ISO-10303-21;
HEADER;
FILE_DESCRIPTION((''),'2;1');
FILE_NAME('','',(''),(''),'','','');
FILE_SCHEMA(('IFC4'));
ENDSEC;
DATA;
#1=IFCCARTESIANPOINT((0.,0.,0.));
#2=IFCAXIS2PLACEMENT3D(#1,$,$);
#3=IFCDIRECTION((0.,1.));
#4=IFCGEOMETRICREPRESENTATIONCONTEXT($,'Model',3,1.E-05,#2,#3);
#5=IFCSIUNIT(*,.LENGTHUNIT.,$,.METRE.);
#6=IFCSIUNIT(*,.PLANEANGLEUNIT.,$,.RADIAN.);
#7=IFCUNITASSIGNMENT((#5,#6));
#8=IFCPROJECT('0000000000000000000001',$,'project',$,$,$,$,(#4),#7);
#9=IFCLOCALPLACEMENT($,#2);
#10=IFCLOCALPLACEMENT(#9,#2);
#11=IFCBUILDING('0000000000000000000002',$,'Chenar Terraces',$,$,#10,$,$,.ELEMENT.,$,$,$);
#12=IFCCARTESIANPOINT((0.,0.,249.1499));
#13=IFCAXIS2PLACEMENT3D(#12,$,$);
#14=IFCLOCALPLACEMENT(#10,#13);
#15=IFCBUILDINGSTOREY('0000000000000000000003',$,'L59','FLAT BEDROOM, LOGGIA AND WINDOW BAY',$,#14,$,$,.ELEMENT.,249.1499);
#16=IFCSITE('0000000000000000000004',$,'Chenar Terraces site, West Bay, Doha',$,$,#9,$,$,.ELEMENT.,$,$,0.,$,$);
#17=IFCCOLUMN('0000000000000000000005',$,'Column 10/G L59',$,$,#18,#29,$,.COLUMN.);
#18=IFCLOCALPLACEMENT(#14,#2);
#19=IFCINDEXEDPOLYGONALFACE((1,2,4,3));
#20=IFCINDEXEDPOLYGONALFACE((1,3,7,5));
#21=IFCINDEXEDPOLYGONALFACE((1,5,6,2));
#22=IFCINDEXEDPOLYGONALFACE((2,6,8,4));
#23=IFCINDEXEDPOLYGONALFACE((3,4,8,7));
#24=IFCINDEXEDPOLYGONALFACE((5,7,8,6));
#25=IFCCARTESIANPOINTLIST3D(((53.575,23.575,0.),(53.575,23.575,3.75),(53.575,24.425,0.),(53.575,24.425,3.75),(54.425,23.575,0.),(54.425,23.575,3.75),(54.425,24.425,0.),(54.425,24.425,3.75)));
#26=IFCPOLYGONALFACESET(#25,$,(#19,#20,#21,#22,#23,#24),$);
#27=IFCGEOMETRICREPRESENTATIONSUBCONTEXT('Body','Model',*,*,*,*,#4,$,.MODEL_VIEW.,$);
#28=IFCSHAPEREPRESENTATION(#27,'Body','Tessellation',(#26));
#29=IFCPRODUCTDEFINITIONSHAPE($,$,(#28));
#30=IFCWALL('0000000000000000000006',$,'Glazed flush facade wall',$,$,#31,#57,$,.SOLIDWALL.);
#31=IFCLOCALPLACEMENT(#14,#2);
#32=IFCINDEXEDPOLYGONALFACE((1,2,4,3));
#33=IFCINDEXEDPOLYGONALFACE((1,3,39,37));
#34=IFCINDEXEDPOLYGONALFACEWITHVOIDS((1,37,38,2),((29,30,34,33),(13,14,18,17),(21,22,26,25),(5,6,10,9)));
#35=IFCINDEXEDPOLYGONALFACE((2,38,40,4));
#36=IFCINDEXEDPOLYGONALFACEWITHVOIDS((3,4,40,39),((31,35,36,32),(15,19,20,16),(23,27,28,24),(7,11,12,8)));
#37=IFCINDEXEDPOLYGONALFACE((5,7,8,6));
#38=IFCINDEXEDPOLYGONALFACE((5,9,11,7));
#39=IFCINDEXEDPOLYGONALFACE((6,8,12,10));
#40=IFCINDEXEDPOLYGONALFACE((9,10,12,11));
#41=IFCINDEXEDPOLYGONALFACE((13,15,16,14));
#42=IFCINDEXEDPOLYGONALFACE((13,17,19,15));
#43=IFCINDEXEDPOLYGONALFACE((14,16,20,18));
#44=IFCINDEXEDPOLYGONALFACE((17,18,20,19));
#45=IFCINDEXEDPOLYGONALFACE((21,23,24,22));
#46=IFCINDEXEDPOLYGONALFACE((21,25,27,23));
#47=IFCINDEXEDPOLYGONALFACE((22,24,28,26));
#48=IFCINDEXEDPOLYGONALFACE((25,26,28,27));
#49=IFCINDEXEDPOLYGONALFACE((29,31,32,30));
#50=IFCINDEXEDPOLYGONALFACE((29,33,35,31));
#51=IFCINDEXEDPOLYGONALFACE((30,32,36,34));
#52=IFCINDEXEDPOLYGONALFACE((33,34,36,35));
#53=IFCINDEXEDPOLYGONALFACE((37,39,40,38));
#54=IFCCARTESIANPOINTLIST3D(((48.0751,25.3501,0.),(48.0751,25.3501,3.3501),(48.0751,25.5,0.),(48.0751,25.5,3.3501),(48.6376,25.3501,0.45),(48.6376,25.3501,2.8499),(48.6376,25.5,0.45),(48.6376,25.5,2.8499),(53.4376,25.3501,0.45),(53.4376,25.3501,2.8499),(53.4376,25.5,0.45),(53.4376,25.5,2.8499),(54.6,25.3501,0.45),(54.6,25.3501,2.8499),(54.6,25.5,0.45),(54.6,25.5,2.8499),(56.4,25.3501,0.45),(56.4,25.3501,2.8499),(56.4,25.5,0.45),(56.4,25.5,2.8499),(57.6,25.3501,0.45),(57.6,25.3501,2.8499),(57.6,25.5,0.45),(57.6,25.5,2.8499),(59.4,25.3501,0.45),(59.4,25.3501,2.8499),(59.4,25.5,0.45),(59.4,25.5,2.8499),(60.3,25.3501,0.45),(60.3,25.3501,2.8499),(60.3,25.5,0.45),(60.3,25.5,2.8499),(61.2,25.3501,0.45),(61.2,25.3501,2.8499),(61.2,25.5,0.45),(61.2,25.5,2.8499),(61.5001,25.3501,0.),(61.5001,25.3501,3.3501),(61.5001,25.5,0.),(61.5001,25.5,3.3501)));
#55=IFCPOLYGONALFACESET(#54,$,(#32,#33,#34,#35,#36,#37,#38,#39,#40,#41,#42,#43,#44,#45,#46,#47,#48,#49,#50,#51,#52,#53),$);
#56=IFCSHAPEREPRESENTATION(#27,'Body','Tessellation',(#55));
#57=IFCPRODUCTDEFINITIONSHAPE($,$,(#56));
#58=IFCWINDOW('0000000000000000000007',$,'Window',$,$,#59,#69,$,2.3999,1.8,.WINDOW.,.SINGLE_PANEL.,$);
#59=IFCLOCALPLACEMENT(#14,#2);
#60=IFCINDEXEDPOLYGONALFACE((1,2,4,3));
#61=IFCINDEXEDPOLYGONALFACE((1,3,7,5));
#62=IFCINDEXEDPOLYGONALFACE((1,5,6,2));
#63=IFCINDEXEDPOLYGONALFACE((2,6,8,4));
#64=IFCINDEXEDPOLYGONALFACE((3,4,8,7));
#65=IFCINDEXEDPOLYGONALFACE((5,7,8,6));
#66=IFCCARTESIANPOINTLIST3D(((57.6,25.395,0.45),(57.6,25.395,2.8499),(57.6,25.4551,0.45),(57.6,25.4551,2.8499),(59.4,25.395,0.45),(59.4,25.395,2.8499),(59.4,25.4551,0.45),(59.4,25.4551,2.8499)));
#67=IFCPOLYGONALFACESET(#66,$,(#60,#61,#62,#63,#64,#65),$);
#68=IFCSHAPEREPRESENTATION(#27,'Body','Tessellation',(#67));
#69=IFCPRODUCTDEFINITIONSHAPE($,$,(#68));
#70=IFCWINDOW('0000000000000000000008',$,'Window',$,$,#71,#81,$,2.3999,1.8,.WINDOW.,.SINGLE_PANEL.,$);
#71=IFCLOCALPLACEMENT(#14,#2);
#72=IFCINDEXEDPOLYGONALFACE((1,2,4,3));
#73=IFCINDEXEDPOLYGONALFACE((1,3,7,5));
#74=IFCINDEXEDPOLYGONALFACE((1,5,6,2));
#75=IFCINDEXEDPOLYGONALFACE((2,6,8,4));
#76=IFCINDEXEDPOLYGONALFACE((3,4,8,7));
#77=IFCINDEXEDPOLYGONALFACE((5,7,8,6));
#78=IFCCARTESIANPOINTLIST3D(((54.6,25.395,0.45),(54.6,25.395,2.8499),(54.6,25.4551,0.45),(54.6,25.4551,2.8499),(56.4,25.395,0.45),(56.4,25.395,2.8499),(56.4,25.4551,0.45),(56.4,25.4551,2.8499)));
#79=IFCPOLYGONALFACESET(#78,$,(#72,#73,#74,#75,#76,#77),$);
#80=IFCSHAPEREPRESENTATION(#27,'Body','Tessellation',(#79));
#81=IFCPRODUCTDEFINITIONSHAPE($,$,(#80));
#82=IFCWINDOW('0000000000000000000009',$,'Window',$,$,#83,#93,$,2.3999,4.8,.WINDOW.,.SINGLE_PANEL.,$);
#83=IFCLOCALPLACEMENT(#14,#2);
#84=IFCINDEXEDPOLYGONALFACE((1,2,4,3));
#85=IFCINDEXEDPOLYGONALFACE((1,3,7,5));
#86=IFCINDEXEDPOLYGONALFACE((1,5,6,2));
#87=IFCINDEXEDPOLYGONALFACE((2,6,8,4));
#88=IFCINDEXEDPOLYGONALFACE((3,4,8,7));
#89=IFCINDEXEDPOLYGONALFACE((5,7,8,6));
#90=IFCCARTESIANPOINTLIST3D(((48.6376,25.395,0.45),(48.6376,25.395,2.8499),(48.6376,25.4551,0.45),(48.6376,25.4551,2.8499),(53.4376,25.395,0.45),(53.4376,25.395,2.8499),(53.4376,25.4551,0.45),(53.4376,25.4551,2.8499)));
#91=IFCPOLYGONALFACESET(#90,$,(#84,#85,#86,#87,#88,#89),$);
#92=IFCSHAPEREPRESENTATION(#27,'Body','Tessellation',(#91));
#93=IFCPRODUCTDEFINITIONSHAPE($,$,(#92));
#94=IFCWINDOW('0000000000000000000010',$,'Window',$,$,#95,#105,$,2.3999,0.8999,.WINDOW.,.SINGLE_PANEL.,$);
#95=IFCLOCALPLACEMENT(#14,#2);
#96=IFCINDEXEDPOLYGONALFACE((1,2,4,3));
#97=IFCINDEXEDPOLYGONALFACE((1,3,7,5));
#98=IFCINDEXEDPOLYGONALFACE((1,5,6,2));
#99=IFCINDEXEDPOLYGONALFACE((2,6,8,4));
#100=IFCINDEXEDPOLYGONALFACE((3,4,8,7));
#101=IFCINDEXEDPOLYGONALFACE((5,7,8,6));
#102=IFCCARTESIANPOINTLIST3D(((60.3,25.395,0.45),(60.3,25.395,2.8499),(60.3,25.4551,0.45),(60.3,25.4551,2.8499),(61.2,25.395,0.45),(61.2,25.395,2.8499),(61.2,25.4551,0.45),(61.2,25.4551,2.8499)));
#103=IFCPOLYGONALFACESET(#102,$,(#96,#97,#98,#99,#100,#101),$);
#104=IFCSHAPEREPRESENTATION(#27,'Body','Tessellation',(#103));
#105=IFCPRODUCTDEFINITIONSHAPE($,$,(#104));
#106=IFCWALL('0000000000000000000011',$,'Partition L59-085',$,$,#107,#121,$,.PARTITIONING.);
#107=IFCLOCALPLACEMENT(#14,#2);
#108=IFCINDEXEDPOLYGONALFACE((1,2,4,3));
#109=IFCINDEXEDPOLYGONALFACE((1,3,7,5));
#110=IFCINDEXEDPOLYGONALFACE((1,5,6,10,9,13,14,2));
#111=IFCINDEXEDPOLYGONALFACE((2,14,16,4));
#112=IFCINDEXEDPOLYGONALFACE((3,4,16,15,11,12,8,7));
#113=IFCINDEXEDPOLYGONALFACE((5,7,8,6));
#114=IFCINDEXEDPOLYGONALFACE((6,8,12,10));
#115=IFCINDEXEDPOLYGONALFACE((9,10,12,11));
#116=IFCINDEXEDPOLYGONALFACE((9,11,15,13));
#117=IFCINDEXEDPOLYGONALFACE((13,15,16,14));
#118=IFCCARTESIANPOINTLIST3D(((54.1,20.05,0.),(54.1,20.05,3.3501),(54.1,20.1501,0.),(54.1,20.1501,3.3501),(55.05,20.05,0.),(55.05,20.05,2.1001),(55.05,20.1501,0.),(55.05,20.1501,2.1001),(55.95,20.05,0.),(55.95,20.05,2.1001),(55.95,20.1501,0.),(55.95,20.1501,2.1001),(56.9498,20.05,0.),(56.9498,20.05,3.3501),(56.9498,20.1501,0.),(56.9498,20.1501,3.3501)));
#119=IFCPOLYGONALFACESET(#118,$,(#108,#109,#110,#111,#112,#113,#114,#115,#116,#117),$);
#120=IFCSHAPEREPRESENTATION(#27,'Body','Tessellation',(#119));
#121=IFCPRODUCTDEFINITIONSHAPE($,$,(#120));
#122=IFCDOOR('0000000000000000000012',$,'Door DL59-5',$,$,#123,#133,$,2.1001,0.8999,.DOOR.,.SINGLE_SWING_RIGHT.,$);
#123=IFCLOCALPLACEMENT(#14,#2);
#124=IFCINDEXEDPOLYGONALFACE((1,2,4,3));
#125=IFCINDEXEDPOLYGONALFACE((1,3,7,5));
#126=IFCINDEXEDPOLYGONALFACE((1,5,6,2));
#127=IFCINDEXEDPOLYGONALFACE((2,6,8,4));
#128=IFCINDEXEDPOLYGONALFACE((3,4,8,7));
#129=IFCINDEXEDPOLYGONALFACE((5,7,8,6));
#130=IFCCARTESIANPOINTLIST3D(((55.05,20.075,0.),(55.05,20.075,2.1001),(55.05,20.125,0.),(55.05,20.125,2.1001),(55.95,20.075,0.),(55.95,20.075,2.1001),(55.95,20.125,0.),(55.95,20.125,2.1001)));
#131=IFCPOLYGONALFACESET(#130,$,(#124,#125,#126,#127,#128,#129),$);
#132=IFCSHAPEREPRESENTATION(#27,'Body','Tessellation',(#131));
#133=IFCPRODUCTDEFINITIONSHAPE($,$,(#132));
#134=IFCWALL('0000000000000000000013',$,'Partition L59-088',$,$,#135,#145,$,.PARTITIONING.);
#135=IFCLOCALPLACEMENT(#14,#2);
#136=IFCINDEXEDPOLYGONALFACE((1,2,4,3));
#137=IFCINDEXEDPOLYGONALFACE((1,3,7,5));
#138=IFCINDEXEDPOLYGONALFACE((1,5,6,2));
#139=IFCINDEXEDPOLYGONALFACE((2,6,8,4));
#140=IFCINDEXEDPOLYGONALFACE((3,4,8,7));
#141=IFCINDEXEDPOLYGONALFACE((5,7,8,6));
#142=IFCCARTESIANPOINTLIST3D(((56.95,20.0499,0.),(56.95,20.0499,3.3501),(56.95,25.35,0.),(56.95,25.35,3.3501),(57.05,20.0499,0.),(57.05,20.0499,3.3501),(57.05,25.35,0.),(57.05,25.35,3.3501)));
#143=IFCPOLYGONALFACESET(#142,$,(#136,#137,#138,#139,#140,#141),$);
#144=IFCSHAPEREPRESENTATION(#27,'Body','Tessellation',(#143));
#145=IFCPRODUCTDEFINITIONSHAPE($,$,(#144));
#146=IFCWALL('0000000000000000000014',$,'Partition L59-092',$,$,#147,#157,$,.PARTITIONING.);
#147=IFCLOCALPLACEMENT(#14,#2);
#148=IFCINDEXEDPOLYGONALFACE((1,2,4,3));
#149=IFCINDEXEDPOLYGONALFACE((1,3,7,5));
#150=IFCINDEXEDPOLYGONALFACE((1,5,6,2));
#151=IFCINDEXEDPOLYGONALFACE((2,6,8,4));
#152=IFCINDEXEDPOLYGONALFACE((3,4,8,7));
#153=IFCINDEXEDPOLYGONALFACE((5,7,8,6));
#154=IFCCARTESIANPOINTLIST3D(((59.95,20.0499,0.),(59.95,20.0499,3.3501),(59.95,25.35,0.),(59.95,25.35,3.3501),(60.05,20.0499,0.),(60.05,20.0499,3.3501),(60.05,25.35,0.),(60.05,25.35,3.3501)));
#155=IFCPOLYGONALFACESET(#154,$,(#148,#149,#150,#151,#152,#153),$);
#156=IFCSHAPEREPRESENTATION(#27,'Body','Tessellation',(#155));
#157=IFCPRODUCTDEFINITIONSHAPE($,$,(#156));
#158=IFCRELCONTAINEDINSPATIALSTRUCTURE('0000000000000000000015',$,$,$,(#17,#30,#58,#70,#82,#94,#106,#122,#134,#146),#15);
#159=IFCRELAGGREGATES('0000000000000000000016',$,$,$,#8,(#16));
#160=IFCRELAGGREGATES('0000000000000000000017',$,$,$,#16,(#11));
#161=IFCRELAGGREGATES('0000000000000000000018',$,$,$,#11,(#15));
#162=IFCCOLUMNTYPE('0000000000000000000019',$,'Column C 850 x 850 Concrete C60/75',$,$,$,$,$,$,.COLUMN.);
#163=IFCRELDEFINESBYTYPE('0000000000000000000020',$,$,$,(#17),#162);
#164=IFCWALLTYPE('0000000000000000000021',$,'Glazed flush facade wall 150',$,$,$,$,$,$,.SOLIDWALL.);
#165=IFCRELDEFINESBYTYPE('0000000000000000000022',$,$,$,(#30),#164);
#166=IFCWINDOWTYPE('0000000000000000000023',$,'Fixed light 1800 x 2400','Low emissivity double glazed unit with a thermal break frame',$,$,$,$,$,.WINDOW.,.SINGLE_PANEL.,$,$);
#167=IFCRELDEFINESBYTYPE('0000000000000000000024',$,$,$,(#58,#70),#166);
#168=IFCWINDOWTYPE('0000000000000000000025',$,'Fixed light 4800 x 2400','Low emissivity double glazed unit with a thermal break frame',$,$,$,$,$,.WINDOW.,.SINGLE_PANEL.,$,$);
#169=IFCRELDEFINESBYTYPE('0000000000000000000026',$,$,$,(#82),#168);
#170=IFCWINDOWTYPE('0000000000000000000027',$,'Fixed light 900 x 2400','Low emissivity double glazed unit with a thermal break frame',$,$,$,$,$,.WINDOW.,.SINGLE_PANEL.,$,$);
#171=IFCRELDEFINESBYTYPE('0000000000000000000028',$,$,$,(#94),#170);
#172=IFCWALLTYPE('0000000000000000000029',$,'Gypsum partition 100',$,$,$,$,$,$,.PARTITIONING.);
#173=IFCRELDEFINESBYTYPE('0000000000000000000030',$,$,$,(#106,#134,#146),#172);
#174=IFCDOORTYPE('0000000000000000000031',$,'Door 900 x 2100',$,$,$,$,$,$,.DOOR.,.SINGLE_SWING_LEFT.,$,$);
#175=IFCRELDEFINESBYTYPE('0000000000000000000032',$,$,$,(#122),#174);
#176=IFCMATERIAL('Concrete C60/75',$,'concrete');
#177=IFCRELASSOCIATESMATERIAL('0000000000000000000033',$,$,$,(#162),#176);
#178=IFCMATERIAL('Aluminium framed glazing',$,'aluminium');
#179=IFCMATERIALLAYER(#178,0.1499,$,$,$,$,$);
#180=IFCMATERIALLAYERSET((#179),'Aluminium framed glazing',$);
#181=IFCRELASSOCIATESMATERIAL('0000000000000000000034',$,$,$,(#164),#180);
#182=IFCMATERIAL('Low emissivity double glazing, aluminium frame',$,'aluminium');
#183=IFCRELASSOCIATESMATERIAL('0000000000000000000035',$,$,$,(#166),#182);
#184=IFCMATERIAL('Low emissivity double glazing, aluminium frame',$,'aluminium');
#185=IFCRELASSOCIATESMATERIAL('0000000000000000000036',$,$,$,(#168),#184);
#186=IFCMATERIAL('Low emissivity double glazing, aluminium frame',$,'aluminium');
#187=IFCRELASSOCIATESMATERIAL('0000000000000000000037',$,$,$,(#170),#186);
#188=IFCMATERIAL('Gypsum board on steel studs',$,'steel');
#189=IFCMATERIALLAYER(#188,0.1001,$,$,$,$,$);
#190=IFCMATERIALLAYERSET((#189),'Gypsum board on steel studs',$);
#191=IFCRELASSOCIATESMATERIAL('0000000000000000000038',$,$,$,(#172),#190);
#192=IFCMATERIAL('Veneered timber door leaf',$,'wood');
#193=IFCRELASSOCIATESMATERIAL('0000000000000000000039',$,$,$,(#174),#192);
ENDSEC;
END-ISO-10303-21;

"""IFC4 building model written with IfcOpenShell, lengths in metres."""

from ifc_helpers import new_model, si_unit, direction, frame, frame_2d, origin, origin_2d, place, context, subcontext, project, spatial, rectangle, extrude, material, layer, layer_set, material_profile, profile_set, type_object, element, fill, save


model = new_model("IFC4")

# Units and contexts
model_context = context("Model", 3, precision=1e-05, world=origin(), true_north=direction((0.0, 1.0)))
body_context = subcontext(model_context, "Body", "Model", "MODEL_VIEW")
ifc_project = project(units=[si_unit("LENGTHUNIT", "METRE"), si_unit("PLANEANGLEUNIT", "RADIAN")], contexts=[model_context])

# Site, building, storey
site_placement = place(None, origin())
site = spatial("IfcSite", under=ifc_project, at=site_placement, Name="Chenar Terraces site, West Bay, Doha", CompositionType="ELEMENT", RefElevation=0.0)
building_placement = place(site_placement, origin())
building = spatial("IfcBuilding", under=site, at=building_placement, Name="Chenar Terraces", CompositionType="ELEMENT")
storey_placement = place(building_placement, frame((0.0, 0.0, 249.1499)))
storey = spatial("IfcBuildingStorey", under=building, at=storey_placement, Name="L59", Description="FLAT BEDROOM, LOGGIA AND WINDOW BAY", CompositionType="ELEMENT", Elevation=249.1499)

# Column
ifc_material_1 = material(Name="Concrete C60/75", Category="concrete")
ifc_material_profile = material_profile(ifc_material_1, rectangle(XDim=0.8501, YDim=0.8501, at=origin_2d()), Name="C 850 x 850")
ifc_profile_set = profile_set([ifc_material_profile], Name="Concrete C60/75")
column_type = type_object("IfcColumnType", Name="Column C 850 x 850 Concrete C60/75", PredefinedType="COLUMN", material=ifc_profile_set)
column_placement = place(storey_placement, frame((54.0, 24.0, 0.0), z_axis=(0.0, 0.0, 1.0), x_axis=(1.0, 0.0, 0.0)))
element("IfcColumn", 1, at=column_placement, inside=storey, type_object=column_type, Name="Column 10/G L59", PredefinedType="COLUMN", context=body_context, shape_type="SweptSolid", body=[
    extrude(rectangle(XDim=0.8501, YDim=0.8501, at=origin_2d()), origin(), (0.0, 0.0, 1.0), 3.75),
])

# Wall, openings, windows
ifc_material_2 = material(Name="Aluminium framed glazing", Category="aluminium")
ifc_layer_1 = layer(ifc_material_2, 0.1499)
ifc_layer_set_1 = layer_set([ifc_layer_1], Name="Aluminium framed glazing")
wall_type_1 = type_object("IfcWallType", Name="Glazed flush facade wall 150", PredefinedType="SOLIDWALL", material=ifc_layer_set_1)
wall_1_placement = place(storey_placement, frame((61.5, 25.425, 0.0), z_axis=(0.0, 0.0, 1.0), x_axis=(-1.0, 0.0, 0.0)))
wall_1 = element("IfcWall", 2, at=wall_1_placement, inside=storey, type_object=wall_type_1, Name="Glazed flush facade wall", PredefinedType="SOLIDWALL", context=body_context, shape_type="SweptSolid", body=[
    extrude(rectangle(XDim=13.425, YDim=0.1499, at=frame_2d((6.7124, 0.0))), origin(), (0.0, 0.0, 1.0), 3.3501),
])
opening_1_placement = place(wall_1_placement, frame((0.3, 0.0, 0.45)))
opening_1 = element("IfcOpeningElement", 3, at=opening_1_placement, cuts=wall_1, PredefinedType="OPENING", context=body_context, shape_type="SweptSolid", body=[
    extrude(rectangle(XDim=0.8999, YDim=2.3999, at=frame_2d((0.45, 1.2))), frame((0.0, 0.085, 0.0), z_axis=(0.0, -1.0, 0.0), x_axis=(1.0, 0.0, 0.0)), (0.0, 0.0, 1.0), 0.1699),
])
opening_2_placement = place(wall_1_placement, frame((2.1001, 0.0, 0.45)))
opening_2 = element("IfcOpeningElement", 4, at=opening_2_placement, cuts=wall_1, PredefinedType="OPENING", context=body_context, shape_type="SweptSolid", body=[
    extrude(rectangle(XDim=1.8, YDim=2.3999, at=frame_2d((0.8999, 1.2))), frame((0.0, 0.085, 0.0), z_axis=(0.0, -1.0, 0.0), x_axis=(1.0, 0.0, 0.0)), (0.0, 0.0, 1.0), 0.1699),
])
opening_3_placement = place(wall_1_placement, frame((5.1001, 0.0, 0.45)))
opening_3 = element("IfcOpeningElement", 5, at=opening_3_placement, cuts=wall_1, PredefinedType="OPENING", context=body_context, shape_type="SweptSolid", body=[
    extrude(rectangle(XDim=1.8, YDim=2.3999, at=frame_2d((0.8999, 1.2))), frame((0.0, 0.085, 0.0), z_axis=(0.0, -1.0, 0.0), x_axis=(1.0, 0.0, 0.0)), (0.0, 0.0, 1.0), 0.1699),
])
opening_4_placement = place(wall_1_placement, frame((8.0625, 0.0, 0.45)))
opening_4 = element("IfcOpeningElement", 6, at=opening_4_placement, cuts=wall_1, PredefinedType="OPENING", context=body_context, shape_type="SweptSolid", body=[
    extrude(rectangle(XDim=4.8, YDim=2.3999, at=frame_2d((2.3999, 1.2))), frame((0.0, 0.085, 0.0), z_axis=(0.0, -1.0, 0.0), x_axis=(1.0, 0.0, 0.0)), (0.0, 0.0, 1.0), 0.1699),
])
ifc_material_3 = material(Name="Low emissivity double glazing, aluminium frame", Category="aluminium")
window_type_1 = type_object("IfcWindowType", Name="Fixed light 1800 x 2400", Description="Low emissivity double glazed unit with a thermal break frame", PartitioningType="SINGLE_PANEL", PredefinedType="WINDOW", material=ifc_material_3)
window_1_placement = place(opening_2_placement, origin())
window_1 = element("IfcWindow", 7, at=window_1_placement, inside=storey, type_object=window_type_1, Name="Window", OverallHeight=2.3999, OverallWidth=1.8, PartitioningType="SINGLE_PANEL", PredefinedType="WINDOW", context=body_context, shape_type="SweptSolid", body=[
    extrude(rectangle(XDim=1.8, YDim=2.3999, at=frame_2d((0.8999, 1.2))), frame((0.0, 0.03, 0.0), z_axis=(0.0, -1.0, 0.0), x_axis=(1.0, 0.0, 0.0)), (0.0, 0.0, 1.0), 0.0601),
])
fill(opening_2, window_1)
window_2_placement = place(opening_3_placement, origin())
window_2 = element("IfcWindow", 8, at=window_2_placement, inside=storey, type_object=window_type_1, Name="Window", OverallHeight=2.3999, OverallWidth=1.8, PartitioningType="SINGLE_PANEL", PredefinedType="WINDOW", context=body_context, shape_type="SweptSolid", body=[
    extrude(rectangle(XDim=1.8, YDim=2.3999, at=frame_2d((0.8999, 1.2))), frame((0.0, 0.03, 0.0), z_axis=(0.0, -1.0, 0.0), x_axis=(1.0, 0.0, 0.0)), (0.0, 0.0, 1.0), 0.0601),
])
fill(opening_3, window_2)
ifc_material_4 = material(Name="Low emissivity double glazing, aluminium frame", Category="aluminium")
window_type_2 = type_object("IfcWindowType", Name="Fixed light 4800 x 2400", Description="Low emissivity double glazed unit with a thermal break frame", PartitioningType="SINGLE_PANEL", PredefinedType="WINDOW", material=ifc_material_4)
window_3_placement = place(opening_4_placement, origin())
window_3 = element("IfcWindow", 9, at=window_3_placement, inside=storey, type_object=window_type_2, Name="Window", OverallHeight=2.3999, OverallWidth=4.8, PartitioningType="SINGLE_PANEL", PredefinedType="WINDOW", context=body_context, shape_type="SweptSolid", body=[
    extrude(rectangle(XDim=4.8, YDim=2.3999, at=frame_2d((2.3999, 1.2))), frame((0.0, 0.03, 0.0), z_axis=(0.0, -1.0, 0.0), x_axis=(1.0, 0.0, 0.0)), (0.0, 0.0, 1.0), 0.0601),
])
fill(opening_4, window_3)
ifc_material_5 = material(Name="Low emissivity double glazing, aluminium frame", Category="aluminium")
window_type_3 = type_object("IfcWindowType", Name="Fixed light 900 x 2400", Description="Low emissivity double glazed unit with a thermal break frame", PartitioningType="SINGLE_PANEL", PredefinedType="WINDOW", material=ifc_material_5)
window_4_placement = place(opening_1_placement, origin())
window_4 = element("IfcWindow", 10, at=window_4_placement, inside=storey, type_object=window_type_3, Name="Window", OverallHeight=2.3999, OverallWidth=0.8999, PartitioningType="SINGLE_PANEL", PredefinedType="WINDOW", context=body_context, shape_type="SweptSolid", body=[
    extrude(rectangle(XDim=0.8999, YDim=2.3999, at=frame_2d((0.45, 1.2))), frame((0.0, 0.03, 0.0), z_axis=(0.0, -1.0, 0.0), x_axis=(1.0, 0.0, 0.0)), (0.0, 0.0, 1.0), 0.0601),
])
fill(opening_1, window_4)

# Wall, opening, door
ifc_material_6 = material(Name="Gypsum board on steel studs", Category="steel")
ifc_layer_2 = layer(ifc_material_6, 0.1001)
ifc_layer_set_2 = layer_set([ifc_layer_2], Name="Gypsum board on steel studs")
wall_type_2 = type_object("IfcWallType", Name="Gypsum partition 100", PredefinedType="PARTITIONING", material=ifc_layer_set_2)
wall_2_placement = place(storey_placement, frame((54.1001, 20.1001, 0.0), z_axis=(0.0, 0.0, 1.0), x_axis=(1.0, 0.0, 0.0)))
wall_2 = element("IfcWall", 11, at=wall_2_placement, inside=storey, type_object=wall_type_2, Name="Partition L59-085", PredefinedType="PARTITIONING", context=body_context, shape_type="SweptSolid", body=[
    extrude(rectangle(XDim=2.8499, YDim=0.1001, at=frame_2d((1.4248, 0.0))), origin(), (0.0, 0.0, 1.0), 3.3501),
])
opening_5_placement = place(wall_2_placement, frame((0.95, 0.0, 0.0)))
opening_5 = element("IfcOpeningElement", 12, at=opening_5_placement, cuts=wall_2, PredefinedType="OPENING", context=body_context, shape_type="SweptSolid", body=[
    extrude(rectangle(XDim=0.8999, YDim=2.1001, at=frame_2d((0.45, 1.05))), frame((0.0, 0.0601, 0.0), z_axis=(0.0, -1.0, 0.0), x_axis=(1.0, 0.0, 0.0)), (0.0, 0.0, 1.0), 0.1201),
])
ifc_material_7 = material(Name="Veneered timber door leaf", Category="wood")
door_type_1 = type_object("IfcDoorType", Name="Door 900 x 2100", OperationType="SINGLE_SWING_LEFT", PredefinedType="DOOR", material=ifc_material_7)
door_1_placement = place(opening_5_placement, origin())
door_1 = element("IfcDoor", 13, at=door_1_placement, inside=storey, type_object=door_type_1, Name="Door DL59-5", OperationType="SINGLE_SWING_RIGHT", OverallHeight=2.1001, OverallWidth=0.8999, PredefinedType="DOOR", context=body_context, shape_type="SweptSolid", body=[
    extrude(rectangle(XDim=0.8999, YDim=2.1001, at=frame_2d((0.45, 1.05))), frame((0.0, 0.0249, 0.0), z_axis=(0.0, -1.0, 0.0), x_axis=(1.0, 0.0, 0.0)), (0.0, 0.0, 1.0), 0.05),
])
fill(opening_5, door_1)

# Walls
for number, where, z_axis, x_axis, name in (
    (14, (57.0, 20.05, 0.0), (0.0, 0.0, 1.0), (0.0, 1.0, 0.0), "Partition L59-088"),
    (15, (60.0, 20.05, 0.0), (0.0, 0.0, 1.0), (0.0, 1.0, 0.0), "Partition L59-092"),
):
    element("IfcWall", number, at=place(storey_placement, frame(where, z_axis=z_axis, x_axis=x_axis)), inside=storey, type_object=wall_type_2, Name=name, PredefinedType="PARTITIONING", context=body_context, shape_type="SweptSolid", body=[
        extrude(rectangle(XDim=5.3, YDim=0.1001, at=frame_2d((2.6499, 0.0))), origin(), (0.0, 0.0, 1.0), 3.3501),
    ])

save(model, "model.ifc")
